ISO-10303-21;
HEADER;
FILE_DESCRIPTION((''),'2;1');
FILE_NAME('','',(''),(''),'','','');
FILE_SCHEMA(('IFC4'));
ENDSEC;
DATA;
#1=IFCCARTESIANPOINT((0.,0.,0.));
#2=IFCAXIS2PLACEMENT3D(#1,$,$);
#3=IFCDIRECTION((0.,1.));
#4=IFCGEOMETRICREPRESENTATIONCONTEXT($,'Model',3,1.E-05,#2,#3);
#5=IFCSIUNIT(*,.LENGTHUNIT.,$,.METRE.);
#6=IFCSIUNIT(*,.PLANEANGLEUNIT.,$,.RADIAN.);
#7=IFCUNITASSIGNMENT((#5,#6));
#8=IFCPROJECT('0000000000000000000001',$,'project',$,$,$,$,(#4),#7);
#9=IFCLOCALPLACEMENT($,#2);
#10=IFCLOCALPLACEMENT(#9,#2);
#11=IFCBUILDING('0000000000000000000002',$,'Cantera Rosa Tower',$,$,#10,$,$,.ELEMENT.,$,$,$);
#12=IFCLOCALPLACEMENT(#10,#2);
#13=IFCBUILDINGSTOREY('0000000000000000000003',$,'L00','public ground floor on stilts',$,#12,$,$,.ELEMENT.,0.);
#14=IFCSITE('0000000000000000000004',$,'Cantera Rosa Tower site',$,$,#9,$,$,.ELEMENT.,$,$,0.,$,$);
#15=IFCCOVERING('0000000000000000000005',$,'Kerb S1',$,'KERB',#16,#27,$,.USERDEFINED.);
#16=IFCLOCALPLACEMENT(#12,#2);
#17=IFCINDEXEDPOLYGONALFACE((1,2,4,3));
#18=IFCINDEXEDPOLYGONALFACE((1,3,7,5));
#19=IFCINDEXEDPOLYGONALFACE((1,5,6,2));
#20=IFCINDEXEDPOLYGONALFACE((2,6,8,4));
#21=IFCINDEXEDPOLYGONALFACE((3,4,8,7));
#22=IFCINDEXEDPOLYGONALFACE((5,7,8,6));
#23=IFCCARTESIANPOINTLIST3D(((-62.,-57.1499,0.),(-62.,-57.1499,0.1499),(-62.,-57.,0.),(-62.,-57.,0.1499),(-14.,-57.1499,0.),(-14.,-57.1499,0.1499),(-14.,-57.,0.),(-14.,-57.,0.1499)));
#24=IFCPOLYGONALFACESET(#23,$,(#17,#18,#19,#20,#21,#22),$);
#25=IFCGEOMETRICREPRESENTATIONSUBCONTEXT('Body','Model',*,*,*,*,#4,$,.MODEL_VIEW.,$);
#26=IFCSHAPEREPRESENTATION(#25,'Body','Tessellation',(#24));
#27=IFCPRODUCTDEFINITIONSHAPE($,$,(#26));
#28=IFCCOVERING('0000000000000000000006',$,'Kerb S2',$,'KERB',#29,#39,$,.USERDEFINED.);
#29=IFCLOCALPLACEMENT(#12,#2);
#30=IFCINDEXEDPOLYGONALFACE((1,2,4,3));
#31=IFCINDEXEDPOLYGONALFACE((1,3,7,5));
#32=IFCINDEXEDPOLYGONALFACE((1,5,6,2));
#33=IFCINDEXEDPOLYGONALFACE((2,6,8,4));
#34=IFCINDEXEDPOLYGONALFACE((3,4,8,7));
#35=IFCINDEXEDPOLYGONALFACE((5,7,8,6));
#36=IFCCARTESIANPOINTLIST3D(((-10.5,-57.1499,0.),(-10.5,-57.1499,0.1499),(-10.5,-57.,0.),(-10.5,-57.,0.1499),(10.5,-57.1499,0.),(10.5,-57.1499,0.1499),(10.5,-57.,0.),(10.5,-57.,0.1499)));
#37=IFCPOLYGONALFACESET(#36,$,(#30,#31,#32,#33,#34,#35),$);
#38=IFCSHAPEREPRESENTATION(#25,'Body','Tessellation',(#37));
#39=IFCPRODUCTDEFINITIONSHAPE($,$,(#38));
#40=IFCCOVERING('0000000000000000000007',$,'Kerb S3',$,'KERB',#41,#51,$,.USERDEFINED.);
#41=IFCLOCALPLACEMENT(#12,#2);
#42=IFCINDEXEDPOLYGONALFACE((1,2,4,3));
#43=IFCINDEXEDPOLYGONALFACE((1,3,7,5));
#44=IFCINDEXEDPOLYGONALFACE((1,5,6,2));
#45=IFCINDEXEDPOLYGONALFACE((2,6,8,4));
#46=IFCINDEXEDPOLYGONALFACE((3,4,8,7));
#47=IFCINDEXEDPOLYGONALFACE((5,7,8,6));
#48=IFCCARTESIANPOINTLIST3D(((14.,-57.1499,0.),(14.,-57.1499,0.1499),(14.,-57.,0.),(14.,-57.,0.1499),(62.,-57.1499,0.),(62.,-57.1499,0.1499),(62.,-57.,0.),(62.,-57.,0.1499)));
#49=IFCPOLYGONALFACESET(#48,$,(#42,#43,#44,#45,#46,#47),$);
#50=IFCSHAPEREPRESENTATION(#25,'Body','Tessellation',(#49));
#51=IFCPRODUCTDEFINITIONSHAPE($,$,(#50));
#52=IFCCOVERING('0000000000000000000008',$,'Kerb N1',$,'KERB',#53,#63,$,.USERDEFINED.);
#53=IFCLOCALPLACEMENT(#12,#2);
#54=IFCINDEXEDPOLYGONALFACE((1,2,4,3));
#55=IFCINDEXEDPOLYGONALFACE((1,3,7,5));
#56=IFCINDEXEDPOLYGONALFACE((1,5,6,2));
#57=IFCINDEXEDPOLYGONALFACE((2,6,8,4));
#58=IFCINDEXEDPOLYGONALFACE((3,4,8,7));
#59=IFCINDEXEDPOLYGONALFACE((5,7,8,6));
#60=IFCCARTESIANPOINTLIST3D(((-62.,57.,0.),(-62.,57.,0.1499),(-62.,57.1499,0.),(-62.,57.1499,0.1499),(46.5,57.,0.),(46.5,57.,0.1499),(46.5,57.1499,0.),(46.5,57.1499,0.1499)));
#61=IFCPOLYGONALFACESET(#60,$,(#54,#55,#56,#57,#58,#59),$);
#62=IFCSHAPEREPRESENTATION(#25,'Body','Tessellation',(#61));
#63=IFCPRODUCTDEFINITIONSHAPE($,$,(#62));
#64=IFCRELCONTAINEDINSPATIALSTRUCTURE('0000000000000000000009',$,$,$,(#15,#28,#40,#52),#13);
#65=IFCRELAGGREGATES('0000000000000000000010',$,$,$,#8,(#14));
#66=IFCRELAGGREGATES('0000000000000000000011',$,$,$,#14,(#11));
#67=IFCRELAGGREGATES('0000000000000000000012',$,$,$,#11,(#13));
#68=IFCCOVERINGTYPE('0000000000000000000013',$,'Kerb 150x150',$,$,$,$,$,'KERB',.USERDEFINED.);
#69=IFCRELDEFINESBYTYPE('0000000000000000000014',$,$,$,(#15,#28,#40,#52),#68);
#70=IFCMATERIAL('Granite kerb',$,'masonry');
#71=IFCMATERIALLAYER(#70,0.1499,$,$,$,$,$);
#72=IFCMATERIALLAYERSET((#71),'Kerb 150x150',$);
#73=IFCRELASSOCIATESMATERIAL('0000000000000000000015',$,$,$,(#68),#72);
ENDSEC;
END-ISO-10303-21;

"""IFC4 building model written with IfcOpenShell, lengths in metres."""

from ifc_helpers import new_model, si_unit, direction, origin, place, context, subcontext, project, spatial, polyline, outline, extrude, material, layer, layer_set, type_object, element, save


model = new_model("IFC4")

# Units and contexts
model_context = context("Model", 3, precision=1e-05, world=origin(), true_north=direction((0.0, 1.0)))
body_context = subcontext(model_context, "Body", "Model", "MODEL_VIEW")
ifc_project = project(units=[si_unit("LENGTHUNIT", "METRE"), si_unit("PLANEANGLEUNIT", "RADIAN")], contexts=[model_context])

# Site, building, storey
site_placement = place(None, origin())
site = spatial("IfcSite", under=ifc_project, at=site_placement, Name="Cantera Rosa Tower site", CompositionType="ELEMENT", RefElevation=0.0)
building_placement = place(site_placement, origin())
building = spatial("IfcBuilding", under=site, at=building_placement, Name="Cantera Rosa Tower", CompositionType="ELEMENT")
storey_placement = place(building_placement, origin())
storey = spatial("IfcBuildingStorey", under=building, at=storey_placement, Name="L00", Description="public ground floor on stilts", CompositionType="ELEMENT", Elevation=0.0)

# Coverings
ifc_material_1 = material(Name="Granite kerb", Category="masonry")
ifc_layer_1 = layer(ifc_material_1, 0.1499)
ifc_layer_set_1 = layer_set([ifc_layer_1], Name="Kerb 150x150")
covering_type = type_object("IfcCoveringType", Name="Kerb 150x150", ElementType="KERB", PredefinedType="USERDEFINED", material=ifc_layer_set_1)
covering_1_placement = place(storey_placement, origin())
element("IfcCovering", 1, at=covering_1_placement, inside=storey, type_object=covering_type, Name="Kerb S1", ObjectType="KERB", PredefinedType="USERDEFINED", context=body_context, shape_type="SweptSolid", body=[
    extrude(outline(polyline([(-14.0, -57.1499), (-14.0, -57.0), (-62.0, -57.0), (-62.0, -57.1499), (-14.0, -57.1499)])), origin(), (0.0, 0.0, 1.0), 0.1499),
])
covering_2_placement = place(storey_placement, origin())
element("IfcCovering", 2, at=covering_2_placement, inside=storey, type_object=covering_type, Name="Kerb S2", ObjectType="KERB", PredefinedType="USERDEFINED", context=body_context, shape_type="SweptSolid", body=[
    extrude(outline(polyline([(10.5, -57.1499), (10.5, -57.0), (-10.5, -57.0), (-10.5, -57.1499), (10.5, -57.1499)])), origin(), (0.0, 0.0, 1.0), 0.1499),
])
covering_3_placement = place(storey_placement, origin())
element("IfcCovering", 3, at=covering_3_placement, inside=storey, type_object=covering_type, Name="Kerb S3", ObjectType="KERB", PredefinedType="USERDEFINED", context=body_context, shape_type="SweptSolid", body=[
    extrude(outline(polyline([(62.0, -57.1499), (62.0, -57.0), (14.0, -57.0), (14.0, -57.1499), (62.0, -57.1499)])), origin(), (0.0, 0.0, 1.0), 0.1499),
])
covering_4_placement = place(storey_placement, origin())
element("IfcCovering", 4, at=covering_4_placement, inside=storey, type_object=covering_type, Name="Kerb N1", ObjectType="KERB", PredefinedType="USERDEFINED", context=body_context, shape_type="SweptSolid", body=[
    extrude(outline(polyline([(46.5, 57.0), (46.5, 57.1499), (-62.0, 57.1499), (-62.0, 57.0), (46.5, 57.0)])), origin(), (0.0, 0.0, 1.0), 0.1499),
])

save(model, "model.ifc")
